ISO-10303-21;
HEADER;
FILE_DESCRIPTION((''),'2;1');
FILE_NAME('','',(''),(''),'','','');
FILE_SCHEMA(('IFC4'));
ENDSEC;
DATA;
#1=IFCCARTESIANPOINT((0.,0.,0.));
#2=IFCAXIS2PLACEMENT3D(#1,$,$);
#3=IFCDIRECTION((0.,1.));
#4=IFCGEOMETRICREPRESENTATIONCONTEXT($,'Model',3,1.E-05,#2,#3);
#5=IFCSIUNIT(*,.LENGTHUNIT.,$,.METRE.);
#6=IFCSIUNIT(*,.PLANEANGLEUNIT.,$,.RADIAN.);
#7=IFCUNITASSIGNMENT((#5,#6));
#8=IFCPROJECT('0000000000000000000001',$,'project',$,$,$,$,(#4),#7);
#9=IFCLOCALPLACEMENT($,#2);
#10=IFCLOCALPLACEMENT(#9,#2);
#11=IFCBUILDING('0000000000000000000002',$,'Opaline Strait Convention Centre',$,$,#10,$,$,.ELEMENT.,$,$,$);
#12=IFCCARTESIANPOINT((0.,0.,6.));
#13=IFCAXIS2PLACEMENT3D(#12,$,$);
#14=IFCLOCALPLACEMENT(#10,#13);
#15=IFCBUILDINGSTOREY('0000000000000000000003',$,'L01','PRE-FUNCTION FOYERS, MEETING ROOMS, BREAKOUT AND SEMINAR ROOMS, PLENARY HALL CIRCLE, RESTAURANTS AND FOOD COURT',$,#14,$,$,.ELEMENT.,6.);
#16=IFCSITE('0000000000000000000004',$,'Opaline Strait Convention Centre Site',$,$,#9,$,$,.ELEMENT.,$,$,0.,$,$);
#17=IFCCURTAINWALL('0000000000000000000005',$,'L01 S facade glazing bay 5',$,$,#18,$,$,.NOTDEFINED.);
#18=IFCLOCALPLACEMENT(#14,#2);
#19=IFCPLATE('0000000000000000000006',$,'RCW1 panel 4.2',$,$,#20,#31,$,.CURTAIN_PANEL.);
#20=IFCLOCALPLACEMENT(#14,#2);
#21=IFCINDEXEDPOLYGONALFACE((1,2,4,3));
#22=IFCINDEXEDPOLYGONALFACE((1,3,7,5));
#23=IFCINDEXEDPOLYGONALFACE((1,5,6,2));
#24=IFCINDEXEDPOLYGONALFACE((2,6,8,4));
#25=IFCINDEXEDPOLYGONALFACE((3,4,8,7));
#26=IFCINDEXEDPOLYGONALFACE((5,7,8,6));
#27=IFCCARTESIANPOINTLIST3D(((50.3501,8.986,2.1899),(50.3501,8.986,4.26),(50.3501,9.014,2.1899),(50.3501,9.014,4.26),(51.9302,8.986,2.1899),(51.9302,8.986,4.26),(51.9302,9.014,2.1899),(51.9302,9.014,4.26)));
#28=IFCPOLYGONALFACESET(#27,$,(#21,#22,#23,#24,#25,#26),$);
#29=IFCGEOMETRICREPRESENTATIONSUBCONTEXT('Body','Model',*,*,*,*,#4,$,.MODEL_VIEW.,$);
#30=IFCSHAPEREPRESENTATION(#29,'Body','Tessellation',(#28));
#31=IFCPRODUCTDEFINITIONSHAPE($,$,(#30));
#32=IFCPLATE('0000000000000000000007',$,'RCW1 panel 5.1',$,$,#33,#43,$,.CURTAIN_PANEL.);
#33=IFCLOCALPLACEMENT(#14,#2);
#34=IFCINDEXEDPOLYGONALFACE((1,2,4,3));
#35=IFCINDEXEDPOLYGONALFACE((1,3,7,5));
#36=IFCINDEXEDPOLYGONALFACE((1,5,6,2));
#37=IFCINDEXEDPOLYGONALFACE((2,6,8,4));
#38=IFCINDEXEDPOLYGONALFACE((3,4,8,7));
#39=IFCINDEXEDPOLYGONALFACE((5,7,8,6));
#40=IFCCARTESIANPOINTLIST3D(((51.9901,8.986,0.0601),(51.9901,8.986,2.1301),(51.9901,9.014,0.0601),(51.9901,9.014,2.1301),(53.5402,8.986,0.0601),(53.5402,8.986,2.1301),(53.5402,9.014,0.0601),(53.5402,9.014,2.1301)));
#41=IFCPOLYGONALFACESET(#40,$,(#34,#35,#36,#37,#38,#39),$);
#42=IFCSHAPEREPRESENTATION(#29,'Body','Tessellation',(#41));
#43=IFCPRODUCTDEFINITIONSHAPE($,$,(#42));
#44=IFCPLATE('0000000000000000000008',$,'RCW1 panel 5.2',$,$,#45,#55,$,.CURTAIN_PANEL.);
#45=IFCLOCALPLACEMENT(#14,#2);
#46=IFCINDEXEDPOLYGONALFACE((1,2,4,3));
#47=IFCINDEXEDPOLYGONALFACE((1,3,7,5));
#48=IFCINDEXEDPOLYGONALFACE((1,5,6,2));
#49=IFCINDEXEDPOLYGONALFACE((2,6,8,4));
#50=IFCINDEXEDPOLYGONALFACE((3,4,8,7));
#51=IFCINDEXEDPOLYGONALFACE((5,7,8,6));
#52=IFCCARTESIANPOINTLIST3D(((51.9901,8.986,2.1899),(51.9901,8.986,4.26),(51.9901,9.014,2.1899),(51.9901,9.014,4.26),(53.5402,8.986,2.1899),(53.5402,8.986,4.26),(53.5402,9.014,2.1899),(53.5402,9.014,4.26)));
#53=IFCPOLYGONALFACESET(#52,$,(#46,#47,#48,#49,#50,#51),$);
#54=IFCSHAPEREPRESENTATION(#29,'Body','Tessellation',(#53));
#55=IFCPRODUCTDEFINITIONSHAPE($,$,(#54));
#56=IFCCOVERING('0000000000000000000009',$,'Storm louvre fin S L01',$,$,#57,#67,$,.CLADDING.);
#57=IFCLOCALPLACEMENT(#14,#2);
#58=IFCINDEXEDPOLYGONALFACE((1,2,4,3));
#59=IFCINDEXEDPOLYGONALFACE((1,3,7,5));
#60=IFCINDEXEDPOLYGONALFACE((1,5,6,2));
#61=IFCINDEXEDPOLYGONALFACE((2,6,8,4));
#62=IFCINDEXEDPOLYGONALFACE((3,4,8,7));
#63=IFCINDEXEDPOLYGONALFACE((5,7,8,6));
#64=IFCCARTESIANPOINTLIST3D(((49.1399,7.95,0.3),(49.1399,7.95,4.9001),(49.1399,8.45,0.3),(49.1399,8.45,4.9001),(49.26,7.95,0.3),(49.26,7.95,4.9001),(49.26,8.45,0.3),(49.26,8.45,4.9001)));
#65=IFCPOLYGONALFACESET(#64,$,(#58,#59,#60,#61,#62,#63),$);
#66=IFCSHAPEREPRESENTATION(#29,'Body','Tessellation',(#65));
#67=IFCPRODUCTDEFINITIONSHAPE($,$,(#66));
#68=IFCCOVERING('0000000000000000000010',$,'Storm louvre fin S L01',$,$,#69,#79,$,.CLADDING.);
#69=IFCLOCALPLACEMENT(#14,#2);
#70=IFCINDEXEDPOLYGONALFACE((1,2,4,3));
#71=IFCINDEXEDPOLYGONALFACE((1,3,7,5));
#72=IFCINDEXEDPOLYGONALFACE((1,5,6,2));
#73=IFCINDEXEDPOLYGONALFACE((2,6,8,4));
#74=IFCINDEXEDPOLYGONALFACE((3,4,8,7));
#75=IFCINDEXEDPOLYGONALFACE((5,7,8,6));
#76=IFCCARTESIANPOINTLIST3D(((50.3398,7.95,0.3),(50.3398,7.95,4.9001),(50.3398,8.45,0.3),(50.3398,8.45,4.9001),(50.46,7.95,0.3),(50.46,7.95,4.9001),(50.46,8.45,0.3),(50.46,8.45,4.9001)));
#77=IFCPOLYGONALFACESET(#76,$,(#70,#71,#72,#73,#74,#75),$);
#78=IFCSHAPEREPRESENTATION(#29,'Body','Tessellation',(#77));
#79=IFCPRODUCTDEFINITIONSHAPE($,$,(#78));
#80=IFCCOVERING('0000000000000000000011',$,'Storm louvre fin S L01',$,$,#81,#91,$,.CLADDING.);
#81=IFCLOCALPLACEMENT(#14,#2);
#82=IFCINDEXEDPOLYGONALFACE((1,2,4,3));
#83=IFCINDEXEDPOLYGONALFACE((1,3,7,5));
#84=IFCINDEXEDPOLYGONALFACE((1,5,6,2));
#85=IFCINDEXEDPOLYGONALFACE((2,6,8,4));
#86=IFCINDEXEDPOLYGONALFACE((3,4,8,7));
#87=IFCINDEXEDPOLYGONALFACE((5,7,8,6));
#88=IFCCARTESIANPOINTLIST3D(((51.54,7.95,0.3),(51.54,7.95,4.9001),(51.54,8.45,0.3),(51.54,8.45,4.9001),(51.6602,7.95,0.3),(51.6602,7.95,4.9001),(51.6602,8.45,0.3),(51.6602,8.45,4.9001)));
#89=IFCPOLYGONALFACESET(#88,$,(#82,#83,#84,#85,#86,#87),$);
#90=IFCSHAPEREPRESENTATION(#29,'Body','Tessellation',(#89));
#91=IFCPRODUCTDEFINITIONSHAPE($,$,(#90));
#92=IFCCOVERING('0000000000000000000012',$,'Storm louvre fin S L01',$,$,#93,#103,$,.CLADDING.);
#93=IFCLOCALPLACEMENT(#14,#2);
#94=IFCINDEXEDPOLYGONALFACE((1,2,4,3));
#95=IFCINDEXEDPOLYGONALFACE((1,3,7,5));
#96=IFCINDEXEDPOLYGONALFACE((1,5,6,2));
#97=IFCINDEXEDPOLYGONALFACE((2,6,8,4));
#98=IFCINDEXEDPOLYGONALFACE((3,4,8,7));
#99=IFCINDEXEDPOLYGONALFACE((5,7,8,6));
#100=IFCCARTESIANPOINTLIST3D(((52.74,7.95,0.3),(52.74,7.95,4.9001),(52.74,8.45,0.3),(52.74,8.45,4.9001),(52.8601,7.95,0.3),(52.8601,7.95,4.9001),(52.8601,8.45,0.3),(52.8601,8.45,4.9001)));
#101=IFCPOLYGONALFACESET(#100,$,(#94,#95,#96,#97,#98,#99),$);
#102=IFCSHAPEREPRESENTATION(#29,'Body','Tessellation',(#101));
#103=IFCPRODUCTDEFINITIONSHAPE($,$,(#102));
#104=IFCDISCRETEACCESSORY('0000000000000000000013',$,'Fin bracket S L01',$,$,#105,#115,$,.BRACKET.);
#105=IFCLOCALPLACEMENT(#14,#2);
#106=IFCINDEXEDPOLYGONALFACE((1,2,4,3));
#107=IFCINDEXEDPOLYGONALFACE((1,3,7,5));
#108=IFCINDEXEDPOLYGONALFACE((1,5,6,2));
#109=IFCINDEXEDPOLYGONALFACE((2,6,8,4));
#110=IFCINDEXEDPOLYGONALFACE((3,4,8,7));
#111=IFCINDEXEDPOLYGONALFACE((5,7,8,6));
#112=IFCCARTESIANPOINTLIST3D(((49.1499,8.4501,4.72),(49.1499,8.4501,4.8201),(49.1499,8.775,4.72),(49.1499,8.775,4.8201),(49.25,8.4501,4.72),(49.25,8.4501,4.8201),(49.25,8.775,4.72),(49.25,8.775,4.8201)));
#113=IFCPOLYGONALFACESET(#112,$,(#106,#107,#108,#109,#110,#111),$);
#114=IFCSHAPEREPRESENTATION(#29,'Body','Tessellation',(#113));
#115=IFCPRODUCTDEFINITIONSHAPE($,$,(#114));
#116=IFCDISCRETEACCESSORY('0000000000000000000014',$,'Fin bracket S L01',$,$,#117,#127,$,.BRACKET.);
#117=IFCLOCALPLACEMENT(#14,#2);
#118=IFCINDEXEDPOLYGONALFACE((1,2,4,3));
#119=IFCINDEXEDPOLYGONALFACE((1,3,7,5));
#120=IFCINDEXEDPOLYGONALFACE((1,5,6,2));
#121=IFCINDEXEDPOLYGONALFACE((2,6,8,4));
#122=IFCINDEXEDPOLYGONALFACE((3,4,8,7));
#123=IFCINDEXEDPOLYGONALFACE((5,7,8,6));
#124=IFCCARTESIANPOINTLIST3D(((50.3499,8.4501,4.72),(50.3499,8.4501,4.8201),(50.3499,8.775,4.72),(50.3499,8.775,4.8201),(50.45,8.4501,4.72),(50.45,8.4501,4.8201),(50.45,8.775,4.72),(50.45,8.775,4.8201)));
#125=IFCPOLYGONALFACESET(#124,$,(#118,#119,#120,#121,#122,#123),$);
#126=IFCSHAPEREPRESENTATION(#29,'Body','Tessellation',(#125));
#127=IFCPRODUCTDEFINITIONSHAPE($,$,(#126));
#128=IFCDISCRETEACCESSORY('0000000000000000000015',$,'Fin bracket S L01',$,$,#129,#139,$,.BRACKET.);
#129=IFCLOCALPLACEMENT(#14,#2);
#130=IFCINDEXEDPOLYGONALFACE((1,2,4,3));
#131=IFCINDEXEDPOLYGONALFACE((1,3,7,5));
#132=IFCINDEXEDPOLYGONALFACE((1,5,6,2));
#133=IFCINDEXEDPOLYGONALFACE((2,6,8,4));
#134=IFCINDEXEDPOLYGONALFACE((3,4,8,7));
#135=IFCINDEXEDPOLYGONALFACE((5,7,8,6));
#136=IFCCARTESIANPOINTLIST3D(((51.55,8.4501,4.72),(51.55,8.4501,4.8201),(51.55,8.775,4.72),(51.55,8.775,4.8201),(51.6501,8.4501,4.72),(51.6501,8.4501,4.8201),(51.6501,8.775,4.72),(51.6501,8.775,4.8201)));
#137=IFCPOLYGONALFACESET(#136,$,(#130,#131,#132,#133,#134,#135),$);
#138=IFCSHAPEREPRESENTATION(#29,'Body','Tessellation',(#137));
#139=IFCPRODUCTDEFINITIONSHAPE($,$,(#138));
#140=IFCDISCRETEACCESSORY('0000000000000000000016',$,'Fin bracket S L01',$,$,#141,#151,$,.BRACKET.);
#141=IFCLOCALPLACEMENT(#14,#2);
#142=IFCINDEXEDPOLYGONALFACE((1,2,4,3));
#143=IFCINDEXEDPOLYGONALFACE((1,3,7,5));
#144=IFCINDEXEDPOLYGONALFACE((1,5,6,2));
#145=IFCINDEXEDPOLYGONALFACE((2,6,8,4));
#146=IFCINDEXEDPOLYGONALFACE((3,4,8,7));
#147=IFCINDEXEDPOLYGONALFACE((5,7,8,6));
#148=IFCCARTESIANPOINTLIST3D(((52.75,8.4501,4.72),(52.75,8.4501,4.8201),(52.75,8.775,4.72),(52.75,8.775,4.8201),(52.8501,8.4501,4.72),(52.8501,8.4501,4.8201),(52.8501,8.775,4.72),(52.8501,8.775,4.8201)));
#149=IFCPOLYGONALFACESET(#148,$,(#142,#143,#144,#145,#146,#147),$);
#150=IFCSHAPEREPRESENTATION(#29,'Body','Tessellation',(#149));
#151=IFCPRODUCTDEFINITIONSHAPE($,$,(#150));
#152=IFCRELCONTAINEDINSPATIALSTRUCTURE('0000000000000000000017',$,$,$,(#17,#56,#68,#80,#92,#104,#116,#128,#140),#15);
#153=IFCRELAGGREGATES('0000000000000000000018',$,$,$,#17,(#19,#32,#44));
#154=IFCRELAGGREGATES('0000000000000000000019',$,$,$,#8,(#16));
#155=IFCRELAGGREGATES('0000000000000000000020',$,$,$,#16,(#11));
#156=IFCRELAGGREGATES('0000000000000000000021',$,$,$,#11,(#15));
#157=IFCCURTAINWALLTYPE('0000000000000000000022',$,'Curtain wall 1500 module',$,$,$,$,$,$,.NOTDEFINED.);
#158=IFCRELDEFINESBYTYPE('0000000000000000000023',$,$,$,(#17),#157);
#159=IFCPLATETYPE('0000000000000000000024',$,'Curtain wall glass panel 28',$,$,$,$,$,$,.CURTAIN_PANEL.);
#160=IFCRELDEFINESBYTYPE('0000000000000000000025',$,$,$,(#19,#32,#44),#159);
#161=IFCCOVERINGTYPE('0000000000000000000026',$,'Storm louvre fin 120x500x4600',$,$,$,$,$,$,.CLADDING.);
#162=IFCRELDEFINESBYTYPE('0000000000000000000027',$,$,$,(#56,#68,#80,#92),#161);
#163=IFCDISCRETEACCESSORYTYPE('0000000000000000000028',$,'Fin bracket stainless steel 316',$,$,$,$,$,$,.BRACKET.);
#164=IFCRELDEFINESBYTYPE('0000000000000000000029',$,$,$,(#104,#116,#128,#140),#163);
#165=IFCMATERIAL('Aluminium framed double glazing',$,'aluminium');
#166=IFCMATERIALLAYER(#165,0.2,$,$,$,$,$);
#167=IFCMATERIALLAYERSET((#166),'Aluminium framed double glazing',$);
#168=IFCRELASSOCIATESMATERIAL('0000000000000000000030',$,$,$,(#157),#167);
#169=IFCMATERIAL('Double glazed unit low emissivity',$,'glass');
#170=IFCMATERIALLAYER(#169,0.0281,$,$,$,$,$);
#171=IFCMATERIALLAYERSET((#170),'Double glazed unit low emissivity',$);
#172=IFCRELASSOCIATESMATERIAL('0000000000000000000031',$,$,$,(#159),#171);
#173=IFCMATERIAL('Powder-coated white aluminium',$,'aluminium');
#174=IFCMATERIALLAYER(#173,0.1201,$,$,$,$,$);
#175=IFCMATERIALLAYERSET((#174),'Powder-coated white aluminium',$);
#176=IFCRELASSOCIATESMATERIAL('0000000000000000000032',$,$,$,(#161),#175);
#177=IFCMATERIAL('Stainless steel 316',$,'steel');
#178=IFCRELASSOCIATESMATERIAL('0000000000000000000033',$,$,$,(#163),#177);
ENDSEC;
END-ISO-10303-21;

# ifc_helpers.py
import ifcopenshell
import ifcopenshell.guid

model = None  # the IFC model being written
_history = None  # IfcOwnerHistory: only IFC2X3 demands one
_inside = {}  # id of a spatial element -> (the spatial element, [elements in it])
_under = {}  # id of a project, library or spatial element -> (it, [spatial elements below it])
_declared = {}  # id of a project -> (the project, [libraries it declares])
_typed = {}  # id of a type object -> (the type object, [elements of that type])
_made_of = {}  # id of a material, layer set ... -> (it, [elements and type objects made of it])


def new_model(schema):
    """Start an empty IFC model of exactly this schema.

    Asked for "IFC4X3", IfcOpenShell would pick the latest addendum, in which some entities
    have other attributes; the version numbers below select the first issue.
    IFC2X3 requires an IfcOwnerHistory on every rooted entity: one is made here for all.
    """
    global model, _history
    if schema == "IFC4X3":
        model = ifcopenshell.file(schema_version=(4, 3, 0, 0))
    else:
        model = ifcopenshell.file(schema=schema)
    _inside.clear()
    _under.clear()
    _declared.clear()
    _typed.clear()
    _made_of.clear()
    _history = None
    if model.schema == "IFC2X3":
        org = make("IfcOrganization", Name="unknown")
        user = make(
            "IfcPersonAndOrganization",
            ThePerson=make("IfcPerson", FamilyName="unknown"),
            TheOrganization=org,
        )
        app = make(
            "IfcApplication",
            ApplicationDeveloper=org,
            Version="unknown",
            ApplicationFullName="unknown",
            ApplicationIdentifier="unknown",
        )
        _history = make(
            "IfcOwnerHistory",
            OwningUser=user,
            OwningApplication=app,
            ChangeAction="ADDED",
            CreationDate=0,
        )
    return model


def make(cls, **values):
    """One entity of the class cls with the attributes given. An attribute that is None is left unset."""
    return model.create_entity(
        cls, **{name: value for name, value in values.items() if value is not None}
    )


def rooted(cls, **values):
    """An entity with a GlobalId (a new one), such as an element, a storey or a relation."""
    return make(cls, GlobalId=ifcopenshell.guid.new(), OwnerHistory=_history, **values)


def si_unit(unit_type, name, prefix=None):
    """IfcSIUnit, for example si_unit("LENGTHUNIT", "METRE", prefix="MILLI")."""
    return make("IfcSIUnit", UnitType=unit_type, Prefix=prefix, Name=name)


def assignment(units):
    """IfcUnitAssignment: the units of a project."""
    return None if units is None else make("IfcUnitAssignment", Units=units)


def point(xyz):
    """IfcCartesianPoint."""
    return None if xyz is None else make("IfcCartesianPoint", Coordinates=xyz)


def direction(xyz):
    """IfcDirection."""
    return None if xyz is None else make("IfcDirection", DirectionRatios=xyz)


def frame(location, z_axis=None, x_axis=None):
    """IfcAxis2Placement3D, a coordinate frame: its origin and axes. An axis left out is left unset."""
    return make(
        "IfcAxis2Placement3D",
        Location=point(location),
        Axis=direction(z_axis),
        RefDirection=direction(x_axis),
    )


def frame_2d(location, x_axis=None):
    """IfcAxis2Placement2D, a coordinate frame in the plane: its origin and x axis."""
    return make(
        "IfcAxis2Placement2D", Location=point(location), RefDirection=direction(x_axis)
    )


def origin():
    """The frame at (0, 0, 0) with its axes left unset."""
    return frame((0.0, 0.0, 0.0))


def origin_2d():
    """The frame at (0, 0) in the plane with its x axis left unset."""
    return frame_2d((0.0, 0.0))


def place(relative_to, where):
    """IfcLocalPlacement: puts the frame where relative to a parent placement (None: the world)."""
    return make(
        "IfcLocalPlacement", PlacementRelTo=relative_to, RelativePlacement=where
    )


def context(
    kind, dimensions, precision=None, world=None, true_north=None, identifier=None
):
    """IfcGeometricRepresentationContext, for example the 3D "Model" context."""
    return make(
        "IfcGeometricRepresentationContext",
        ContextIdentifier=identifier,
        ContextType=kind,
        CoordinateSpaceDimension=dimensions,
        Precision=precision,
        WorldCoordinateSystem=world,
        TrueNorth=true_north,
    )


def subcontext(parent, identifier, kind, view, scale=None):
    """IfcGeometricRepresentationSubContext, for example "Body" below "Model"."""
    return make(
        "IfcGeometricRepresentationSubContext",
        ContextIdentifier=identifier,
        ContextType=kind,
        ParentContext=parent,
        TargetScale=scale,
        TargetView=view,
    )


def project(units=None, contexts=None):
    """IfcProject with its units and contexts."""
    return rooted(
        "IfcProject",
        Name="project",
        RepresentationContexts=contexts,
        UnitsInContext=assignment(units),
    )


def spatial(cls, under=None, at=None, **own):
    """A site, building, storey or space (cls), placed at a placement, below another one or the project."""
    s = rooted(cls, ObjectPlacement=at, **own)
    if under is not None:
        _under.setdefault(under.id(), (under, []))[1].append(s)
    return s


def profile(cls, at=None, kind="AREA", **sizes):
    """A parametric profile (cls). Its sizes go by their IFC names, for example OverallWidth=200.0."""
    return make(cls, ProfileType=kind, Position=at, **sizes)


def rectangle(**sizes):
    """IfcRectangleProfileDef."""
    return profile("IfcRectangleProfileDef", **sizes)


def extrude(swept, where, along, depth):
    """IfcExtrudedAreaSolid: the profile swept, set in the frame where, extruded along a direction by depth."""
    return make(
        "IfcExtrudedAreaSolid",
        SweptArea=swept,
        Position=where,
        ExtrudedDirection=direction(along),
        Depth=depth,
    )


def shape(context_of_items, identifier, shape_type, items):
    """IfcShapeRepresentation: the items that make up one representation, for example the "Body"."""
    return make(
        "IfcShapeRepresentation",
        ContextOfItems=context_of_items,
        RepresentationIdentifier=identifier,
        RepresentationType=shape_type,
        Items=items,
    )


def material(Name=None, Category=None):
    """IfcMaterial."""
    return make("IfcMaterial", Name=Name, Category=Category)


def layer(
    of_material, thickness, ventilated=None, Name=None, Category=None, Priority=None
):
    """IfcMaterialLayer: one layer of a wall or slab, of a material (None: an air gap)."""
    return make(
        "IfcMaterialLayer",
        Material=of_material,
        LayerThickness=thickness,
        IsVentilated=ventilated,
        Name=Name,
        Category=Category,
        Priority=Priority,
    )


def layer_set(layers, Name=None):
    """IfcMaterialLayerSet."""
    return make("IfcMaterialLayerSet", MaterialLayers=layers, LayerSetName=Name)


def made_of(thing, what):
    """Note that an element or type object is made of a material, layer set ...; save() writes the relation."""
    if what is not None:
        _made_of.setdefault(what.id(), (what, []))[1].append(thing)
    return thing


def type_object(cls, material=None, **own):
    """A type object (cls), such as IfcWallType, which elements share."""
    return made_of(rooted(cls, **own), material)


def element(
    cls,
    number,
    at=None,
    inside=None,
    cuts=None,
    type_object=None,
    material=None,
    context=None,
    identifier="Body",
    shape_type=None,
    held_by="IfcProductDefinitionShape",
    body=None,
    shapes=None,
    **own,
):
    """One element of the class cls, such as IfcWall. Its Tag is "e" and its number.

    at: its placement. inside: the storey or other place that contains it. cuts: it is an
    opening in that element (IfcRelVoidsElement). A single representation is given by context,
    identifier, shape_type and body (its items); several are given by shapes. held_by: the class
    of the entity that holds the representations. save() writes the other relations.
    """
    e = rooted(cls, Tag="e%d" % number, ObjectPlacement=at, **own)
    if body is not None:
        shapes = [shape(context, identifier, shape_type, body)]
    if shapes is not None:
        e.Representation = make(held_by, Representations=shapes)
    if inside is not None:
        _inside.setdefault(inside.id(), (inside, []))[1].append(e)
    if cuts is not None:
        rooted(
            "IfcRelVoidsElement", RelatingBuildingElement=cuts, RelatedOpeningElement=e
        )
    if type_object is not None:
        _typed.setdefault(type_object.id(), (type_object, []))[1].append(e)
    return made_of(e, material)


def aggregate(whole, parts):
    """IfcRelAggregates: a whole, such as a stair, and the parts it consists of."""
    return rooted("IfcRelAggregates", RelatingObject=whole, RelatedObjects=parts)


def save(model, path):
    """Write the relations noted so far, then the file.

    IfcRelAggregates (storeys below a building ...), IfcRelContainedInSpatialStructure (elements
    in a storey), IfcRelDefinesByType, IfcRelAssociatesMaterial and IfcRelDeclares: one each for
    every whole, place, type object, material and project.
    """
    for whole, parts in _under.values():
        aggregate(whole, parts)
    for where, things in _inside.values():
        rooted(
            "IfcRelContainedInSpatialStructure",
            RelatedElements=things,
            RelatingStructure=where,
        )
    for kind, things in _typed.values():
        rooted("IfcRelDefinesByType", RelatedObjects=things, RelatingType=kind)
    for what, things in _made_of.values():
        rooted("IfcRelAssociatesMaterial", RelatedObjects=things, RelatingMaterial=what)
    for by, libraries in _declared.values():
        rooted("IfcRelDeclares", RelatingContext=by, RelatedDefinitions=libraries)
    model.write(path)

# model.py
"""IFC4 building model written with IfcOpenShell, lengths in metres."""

from ifc_helpers import new_model, si_unit, direction, frame, origin, origin_2d, place, context, subcontext, project, spatial, rectangle, extrude, material, layer, layer_set, type_object, element, aggregate, save


model = new_model("IFC4")

# Units and contexts
model_context = context("Model", 3, precision=1e-05, world=origin(), true_north=direction((0.0, 1.0)))
body_context = subcontext(model_context, "Body", "Model", "MODEL_VIEW")
ifc_project = project(units=[si_unit("LENGTHUNIT", "METRE"), si_unit("PLANEANGLEUNIT", "RADIAN")], contexts=[model_context])

# Site, building, storey
site_placement = place(None, origin())
site = spatial("IfcSite", under=ifc_project, at=site_placement, Name="Opaline Strait Convention Centre Site", CompositionType="ELEMENT", RefElevation=0.0)
building_placement = place(site_placement, origin())
building = spatial("IfcBuilding", under=site, at=building_placement, Name="Opaline Strait Convention Centre", CompositionType="ELEMENT")
storey_placement = place(building_placement, frame((0.0, 0.0, 6.0)))
storey = spatial("IfcBuildingStorey", under=building, at=storey_placement, Name="L01", Description="PRE-FUNCTION FOYERS, MEETING ROOMS, BREAKOUT AND SEMINAR ROOMS, PLENARY HALL CIRCLE, RESTAURANTS AND FOOD COURT", CompositionType="ELEMENT", Elevation=6.0)

# Curtain wall
ifc_material_1 = material(Name="Aluminium framed double glazing", Category="aluminium")
ifc_layer_1 = layer(ifc_material_1, 0.2)
ifc_layer_set_1 = layer_set([ifc_layer_1], Name="Aluminium framed double glazing")
curtain_wall_type = type_object("IfcCurtainWallType", Name="Curtain wall 1500 module", PredefinedType="NOTDEFINED", material=ifc_layer_set_1)
curtain_wall_placement = place(storey_placement, origin())
curtain_wall = element("IfcCurtainWall", 1, at=curtain_wall_placement, inside=storey, type_object=curtain_wall_type, Name="L01 S facade glazing bay 5", PredefinedType="NOTDEFINED")

# Plates
ifc_material_2 = material(Name="Double glazed unit low emissivity", Category="glass")
ifc_layer_2 = layer(ifc_material_2, 0.0281)
ifc_layer_set_2 = layer_set([ifc_layer_2], Name="Double glazed unit low emissivity")
plate_type = type_object("IfcPlateType", Name="Curtain wall glass panel 28", PredefinedType="CURTAIN_PANEL", material=ifc_layer_set_2)
plate_1_placement = place(storey_placement, frame((51.1401, 9.0, 2.1899), z_axis=(0.0, 0.0, 1.0), x_axis=(1.0, 0.0, 0.0)))
plate_1 = element("IfcPlate", 2, at=plate_1_placement, type_object=plate_type, Name="RCW1 panel 4.2", PredefinedType="CURTAIN_PANEL", context=body_context, shape_type="SweptSolid", body=[
    extrude(rectangle(XDim=1.5801, YDim=0.0281, at=origin_2d()), origin(), (0.0, 0.0, 1.0), 2.0701),
])
plate_2_placement = place(storey_placement, frame((52.7651, 9.0, 0.0601), z_axis=(0.0, 0.0, 1.0), x_axis=(1.0, 0.0, 0.0)))
plate_2 = element("IfcPlate", 3, at=plate_2_placement, type_object=plate_type, Name="RCW1 panel 5.1", PredefinedType="CURTAIN_PANEL", context=body_context, shape_type="SweptSolid", body=[
    extrude(rectangle(XDim=1.55, YDim=0.0281, at=origin_2d()), origin(), (0.0, 0.0, 1.0), 2.0701),
])
plate_3_placement = place(storey_placement, frame((52.7651, 9.0, 2.1899), z_axis=(0.0, 0.0, 1.0), x_axis=(1.0, 0.0, 0.0)))
plate_3 = element("IfcPlate", 4, at=plate_3_placement, type_object=plate_type, Name="RCW1 panel 5.2", PredefinedType="CURTAIN_PANEL", context=body_context, shape_type="SweptSolid", body=[
    extrude(rectangle(XDim=1.55, YDim=0.0281, at=origin_2d()), origin(), (0.0, 0.0, 1.0), 2.0701),
])
aggregate(curtain_wall, [plate_1, plate_2, plate_3])

# Coverings
ifc_material_3 = material(Name="Powder-coated white aluminium", Category="aluminium")
ifc_layer_3 = layer(ifc_material_3, 0.1201)
ifc_layer_set_3 = layer_set([ifc_layer_3], Name="Powder-coated white aluminium")
covering_type = type_object("IfcCoveringType", Name="Storm louvre fin 120x500x4600", PredefinedType="CLADDING", material=ifc_layer_set_3)
for number, where, z_axis, x_axis, name in (
    (5, (49.2, 8.2, 0.3), (0.0, 0.0, 1.0), (1.0, 0.0, 0.0), "Storm louvre fin S L01"),
    (6, (50.3999, 8.2, 0.3), (0.0, 0.0, 1.0), (1.0, 0.0, 0.0), "Storm louvre fin S L01"),
    (7, (51.6001, 8.2, 0.3), (0.0, 0.0, 1.0), (1.0, 0.0, 0.0), "Storm louvre fin S L01"),
    (8, (52.8, 8.2, 0.3), (0.0, 0.0, 1.0), (1.0, 0.0, 0.0), "Storm louvre fin S L01"),
):
    element("IfcCovering", number, at=place(storey_placement, frame(where, z_axis=z_axis, x_axis=x_axis)), inside=storey, type_object=covering_type, Name=name, PredefinedType="CLADDING", context=body_context, shape_type="SweptSolid", body=[
        extrude(rectangle(XDim=0.1201, YDim=0.5, at=origin_2d()), origin(), (0.0, 0.0, 1.0), 4.6001),
    ])

# Discrete accessories
ifc_material_4 = material(Name="Stainless steel 316", Category="steel")
discrete_accessory_type = type_object("IfcDiscreteAccessoryType", Name="Fin bracket stainless steel 316", PredefinedType="BRACKET", material=ifc_material_4)
for number, where, z_axis, x_axis, name in (
    (9, (49.2, 8.6125, 4.72), (0.0, 0.0, 1.0), (1.0, 0.0, 0.0), "Fin bracket S L01"),
    (10, (50.3999, 8.6125, 4.72), (0.0, 0.0, 1.0), (1.0, 0.0, 0.0), "Fin bracket S L01"),
    (11, (51.6001, 8.6125, 4.72), (0.0, 0.0, 1.0), (1.0, 0.0, 0.0), "Fin bracket S L01"),
    (12, (52.8, 8.6125, 4.72), (0.0, 0.0, 1.0), (1.0, 0.0, 0.0), "Fin bracket S L01"),
):
    element("IfcDiscreteAccessory", number, at=place(storey_placement, frame(where, z_axis=z_axis, x_axis=x_axis)), inside=storey, type_object=discrete_accessory_type, Name=name, PredefinedType="BRACKET", context=body_context, shape_type="SweptSolid", body=[
        extrude(rectangle(XDim=0.1001, YDim=0.325, at=origin_2d()), origin(), (0.0, 0.0, 1.0), 0.1001),
    ])

save(model, "model.ifc")
